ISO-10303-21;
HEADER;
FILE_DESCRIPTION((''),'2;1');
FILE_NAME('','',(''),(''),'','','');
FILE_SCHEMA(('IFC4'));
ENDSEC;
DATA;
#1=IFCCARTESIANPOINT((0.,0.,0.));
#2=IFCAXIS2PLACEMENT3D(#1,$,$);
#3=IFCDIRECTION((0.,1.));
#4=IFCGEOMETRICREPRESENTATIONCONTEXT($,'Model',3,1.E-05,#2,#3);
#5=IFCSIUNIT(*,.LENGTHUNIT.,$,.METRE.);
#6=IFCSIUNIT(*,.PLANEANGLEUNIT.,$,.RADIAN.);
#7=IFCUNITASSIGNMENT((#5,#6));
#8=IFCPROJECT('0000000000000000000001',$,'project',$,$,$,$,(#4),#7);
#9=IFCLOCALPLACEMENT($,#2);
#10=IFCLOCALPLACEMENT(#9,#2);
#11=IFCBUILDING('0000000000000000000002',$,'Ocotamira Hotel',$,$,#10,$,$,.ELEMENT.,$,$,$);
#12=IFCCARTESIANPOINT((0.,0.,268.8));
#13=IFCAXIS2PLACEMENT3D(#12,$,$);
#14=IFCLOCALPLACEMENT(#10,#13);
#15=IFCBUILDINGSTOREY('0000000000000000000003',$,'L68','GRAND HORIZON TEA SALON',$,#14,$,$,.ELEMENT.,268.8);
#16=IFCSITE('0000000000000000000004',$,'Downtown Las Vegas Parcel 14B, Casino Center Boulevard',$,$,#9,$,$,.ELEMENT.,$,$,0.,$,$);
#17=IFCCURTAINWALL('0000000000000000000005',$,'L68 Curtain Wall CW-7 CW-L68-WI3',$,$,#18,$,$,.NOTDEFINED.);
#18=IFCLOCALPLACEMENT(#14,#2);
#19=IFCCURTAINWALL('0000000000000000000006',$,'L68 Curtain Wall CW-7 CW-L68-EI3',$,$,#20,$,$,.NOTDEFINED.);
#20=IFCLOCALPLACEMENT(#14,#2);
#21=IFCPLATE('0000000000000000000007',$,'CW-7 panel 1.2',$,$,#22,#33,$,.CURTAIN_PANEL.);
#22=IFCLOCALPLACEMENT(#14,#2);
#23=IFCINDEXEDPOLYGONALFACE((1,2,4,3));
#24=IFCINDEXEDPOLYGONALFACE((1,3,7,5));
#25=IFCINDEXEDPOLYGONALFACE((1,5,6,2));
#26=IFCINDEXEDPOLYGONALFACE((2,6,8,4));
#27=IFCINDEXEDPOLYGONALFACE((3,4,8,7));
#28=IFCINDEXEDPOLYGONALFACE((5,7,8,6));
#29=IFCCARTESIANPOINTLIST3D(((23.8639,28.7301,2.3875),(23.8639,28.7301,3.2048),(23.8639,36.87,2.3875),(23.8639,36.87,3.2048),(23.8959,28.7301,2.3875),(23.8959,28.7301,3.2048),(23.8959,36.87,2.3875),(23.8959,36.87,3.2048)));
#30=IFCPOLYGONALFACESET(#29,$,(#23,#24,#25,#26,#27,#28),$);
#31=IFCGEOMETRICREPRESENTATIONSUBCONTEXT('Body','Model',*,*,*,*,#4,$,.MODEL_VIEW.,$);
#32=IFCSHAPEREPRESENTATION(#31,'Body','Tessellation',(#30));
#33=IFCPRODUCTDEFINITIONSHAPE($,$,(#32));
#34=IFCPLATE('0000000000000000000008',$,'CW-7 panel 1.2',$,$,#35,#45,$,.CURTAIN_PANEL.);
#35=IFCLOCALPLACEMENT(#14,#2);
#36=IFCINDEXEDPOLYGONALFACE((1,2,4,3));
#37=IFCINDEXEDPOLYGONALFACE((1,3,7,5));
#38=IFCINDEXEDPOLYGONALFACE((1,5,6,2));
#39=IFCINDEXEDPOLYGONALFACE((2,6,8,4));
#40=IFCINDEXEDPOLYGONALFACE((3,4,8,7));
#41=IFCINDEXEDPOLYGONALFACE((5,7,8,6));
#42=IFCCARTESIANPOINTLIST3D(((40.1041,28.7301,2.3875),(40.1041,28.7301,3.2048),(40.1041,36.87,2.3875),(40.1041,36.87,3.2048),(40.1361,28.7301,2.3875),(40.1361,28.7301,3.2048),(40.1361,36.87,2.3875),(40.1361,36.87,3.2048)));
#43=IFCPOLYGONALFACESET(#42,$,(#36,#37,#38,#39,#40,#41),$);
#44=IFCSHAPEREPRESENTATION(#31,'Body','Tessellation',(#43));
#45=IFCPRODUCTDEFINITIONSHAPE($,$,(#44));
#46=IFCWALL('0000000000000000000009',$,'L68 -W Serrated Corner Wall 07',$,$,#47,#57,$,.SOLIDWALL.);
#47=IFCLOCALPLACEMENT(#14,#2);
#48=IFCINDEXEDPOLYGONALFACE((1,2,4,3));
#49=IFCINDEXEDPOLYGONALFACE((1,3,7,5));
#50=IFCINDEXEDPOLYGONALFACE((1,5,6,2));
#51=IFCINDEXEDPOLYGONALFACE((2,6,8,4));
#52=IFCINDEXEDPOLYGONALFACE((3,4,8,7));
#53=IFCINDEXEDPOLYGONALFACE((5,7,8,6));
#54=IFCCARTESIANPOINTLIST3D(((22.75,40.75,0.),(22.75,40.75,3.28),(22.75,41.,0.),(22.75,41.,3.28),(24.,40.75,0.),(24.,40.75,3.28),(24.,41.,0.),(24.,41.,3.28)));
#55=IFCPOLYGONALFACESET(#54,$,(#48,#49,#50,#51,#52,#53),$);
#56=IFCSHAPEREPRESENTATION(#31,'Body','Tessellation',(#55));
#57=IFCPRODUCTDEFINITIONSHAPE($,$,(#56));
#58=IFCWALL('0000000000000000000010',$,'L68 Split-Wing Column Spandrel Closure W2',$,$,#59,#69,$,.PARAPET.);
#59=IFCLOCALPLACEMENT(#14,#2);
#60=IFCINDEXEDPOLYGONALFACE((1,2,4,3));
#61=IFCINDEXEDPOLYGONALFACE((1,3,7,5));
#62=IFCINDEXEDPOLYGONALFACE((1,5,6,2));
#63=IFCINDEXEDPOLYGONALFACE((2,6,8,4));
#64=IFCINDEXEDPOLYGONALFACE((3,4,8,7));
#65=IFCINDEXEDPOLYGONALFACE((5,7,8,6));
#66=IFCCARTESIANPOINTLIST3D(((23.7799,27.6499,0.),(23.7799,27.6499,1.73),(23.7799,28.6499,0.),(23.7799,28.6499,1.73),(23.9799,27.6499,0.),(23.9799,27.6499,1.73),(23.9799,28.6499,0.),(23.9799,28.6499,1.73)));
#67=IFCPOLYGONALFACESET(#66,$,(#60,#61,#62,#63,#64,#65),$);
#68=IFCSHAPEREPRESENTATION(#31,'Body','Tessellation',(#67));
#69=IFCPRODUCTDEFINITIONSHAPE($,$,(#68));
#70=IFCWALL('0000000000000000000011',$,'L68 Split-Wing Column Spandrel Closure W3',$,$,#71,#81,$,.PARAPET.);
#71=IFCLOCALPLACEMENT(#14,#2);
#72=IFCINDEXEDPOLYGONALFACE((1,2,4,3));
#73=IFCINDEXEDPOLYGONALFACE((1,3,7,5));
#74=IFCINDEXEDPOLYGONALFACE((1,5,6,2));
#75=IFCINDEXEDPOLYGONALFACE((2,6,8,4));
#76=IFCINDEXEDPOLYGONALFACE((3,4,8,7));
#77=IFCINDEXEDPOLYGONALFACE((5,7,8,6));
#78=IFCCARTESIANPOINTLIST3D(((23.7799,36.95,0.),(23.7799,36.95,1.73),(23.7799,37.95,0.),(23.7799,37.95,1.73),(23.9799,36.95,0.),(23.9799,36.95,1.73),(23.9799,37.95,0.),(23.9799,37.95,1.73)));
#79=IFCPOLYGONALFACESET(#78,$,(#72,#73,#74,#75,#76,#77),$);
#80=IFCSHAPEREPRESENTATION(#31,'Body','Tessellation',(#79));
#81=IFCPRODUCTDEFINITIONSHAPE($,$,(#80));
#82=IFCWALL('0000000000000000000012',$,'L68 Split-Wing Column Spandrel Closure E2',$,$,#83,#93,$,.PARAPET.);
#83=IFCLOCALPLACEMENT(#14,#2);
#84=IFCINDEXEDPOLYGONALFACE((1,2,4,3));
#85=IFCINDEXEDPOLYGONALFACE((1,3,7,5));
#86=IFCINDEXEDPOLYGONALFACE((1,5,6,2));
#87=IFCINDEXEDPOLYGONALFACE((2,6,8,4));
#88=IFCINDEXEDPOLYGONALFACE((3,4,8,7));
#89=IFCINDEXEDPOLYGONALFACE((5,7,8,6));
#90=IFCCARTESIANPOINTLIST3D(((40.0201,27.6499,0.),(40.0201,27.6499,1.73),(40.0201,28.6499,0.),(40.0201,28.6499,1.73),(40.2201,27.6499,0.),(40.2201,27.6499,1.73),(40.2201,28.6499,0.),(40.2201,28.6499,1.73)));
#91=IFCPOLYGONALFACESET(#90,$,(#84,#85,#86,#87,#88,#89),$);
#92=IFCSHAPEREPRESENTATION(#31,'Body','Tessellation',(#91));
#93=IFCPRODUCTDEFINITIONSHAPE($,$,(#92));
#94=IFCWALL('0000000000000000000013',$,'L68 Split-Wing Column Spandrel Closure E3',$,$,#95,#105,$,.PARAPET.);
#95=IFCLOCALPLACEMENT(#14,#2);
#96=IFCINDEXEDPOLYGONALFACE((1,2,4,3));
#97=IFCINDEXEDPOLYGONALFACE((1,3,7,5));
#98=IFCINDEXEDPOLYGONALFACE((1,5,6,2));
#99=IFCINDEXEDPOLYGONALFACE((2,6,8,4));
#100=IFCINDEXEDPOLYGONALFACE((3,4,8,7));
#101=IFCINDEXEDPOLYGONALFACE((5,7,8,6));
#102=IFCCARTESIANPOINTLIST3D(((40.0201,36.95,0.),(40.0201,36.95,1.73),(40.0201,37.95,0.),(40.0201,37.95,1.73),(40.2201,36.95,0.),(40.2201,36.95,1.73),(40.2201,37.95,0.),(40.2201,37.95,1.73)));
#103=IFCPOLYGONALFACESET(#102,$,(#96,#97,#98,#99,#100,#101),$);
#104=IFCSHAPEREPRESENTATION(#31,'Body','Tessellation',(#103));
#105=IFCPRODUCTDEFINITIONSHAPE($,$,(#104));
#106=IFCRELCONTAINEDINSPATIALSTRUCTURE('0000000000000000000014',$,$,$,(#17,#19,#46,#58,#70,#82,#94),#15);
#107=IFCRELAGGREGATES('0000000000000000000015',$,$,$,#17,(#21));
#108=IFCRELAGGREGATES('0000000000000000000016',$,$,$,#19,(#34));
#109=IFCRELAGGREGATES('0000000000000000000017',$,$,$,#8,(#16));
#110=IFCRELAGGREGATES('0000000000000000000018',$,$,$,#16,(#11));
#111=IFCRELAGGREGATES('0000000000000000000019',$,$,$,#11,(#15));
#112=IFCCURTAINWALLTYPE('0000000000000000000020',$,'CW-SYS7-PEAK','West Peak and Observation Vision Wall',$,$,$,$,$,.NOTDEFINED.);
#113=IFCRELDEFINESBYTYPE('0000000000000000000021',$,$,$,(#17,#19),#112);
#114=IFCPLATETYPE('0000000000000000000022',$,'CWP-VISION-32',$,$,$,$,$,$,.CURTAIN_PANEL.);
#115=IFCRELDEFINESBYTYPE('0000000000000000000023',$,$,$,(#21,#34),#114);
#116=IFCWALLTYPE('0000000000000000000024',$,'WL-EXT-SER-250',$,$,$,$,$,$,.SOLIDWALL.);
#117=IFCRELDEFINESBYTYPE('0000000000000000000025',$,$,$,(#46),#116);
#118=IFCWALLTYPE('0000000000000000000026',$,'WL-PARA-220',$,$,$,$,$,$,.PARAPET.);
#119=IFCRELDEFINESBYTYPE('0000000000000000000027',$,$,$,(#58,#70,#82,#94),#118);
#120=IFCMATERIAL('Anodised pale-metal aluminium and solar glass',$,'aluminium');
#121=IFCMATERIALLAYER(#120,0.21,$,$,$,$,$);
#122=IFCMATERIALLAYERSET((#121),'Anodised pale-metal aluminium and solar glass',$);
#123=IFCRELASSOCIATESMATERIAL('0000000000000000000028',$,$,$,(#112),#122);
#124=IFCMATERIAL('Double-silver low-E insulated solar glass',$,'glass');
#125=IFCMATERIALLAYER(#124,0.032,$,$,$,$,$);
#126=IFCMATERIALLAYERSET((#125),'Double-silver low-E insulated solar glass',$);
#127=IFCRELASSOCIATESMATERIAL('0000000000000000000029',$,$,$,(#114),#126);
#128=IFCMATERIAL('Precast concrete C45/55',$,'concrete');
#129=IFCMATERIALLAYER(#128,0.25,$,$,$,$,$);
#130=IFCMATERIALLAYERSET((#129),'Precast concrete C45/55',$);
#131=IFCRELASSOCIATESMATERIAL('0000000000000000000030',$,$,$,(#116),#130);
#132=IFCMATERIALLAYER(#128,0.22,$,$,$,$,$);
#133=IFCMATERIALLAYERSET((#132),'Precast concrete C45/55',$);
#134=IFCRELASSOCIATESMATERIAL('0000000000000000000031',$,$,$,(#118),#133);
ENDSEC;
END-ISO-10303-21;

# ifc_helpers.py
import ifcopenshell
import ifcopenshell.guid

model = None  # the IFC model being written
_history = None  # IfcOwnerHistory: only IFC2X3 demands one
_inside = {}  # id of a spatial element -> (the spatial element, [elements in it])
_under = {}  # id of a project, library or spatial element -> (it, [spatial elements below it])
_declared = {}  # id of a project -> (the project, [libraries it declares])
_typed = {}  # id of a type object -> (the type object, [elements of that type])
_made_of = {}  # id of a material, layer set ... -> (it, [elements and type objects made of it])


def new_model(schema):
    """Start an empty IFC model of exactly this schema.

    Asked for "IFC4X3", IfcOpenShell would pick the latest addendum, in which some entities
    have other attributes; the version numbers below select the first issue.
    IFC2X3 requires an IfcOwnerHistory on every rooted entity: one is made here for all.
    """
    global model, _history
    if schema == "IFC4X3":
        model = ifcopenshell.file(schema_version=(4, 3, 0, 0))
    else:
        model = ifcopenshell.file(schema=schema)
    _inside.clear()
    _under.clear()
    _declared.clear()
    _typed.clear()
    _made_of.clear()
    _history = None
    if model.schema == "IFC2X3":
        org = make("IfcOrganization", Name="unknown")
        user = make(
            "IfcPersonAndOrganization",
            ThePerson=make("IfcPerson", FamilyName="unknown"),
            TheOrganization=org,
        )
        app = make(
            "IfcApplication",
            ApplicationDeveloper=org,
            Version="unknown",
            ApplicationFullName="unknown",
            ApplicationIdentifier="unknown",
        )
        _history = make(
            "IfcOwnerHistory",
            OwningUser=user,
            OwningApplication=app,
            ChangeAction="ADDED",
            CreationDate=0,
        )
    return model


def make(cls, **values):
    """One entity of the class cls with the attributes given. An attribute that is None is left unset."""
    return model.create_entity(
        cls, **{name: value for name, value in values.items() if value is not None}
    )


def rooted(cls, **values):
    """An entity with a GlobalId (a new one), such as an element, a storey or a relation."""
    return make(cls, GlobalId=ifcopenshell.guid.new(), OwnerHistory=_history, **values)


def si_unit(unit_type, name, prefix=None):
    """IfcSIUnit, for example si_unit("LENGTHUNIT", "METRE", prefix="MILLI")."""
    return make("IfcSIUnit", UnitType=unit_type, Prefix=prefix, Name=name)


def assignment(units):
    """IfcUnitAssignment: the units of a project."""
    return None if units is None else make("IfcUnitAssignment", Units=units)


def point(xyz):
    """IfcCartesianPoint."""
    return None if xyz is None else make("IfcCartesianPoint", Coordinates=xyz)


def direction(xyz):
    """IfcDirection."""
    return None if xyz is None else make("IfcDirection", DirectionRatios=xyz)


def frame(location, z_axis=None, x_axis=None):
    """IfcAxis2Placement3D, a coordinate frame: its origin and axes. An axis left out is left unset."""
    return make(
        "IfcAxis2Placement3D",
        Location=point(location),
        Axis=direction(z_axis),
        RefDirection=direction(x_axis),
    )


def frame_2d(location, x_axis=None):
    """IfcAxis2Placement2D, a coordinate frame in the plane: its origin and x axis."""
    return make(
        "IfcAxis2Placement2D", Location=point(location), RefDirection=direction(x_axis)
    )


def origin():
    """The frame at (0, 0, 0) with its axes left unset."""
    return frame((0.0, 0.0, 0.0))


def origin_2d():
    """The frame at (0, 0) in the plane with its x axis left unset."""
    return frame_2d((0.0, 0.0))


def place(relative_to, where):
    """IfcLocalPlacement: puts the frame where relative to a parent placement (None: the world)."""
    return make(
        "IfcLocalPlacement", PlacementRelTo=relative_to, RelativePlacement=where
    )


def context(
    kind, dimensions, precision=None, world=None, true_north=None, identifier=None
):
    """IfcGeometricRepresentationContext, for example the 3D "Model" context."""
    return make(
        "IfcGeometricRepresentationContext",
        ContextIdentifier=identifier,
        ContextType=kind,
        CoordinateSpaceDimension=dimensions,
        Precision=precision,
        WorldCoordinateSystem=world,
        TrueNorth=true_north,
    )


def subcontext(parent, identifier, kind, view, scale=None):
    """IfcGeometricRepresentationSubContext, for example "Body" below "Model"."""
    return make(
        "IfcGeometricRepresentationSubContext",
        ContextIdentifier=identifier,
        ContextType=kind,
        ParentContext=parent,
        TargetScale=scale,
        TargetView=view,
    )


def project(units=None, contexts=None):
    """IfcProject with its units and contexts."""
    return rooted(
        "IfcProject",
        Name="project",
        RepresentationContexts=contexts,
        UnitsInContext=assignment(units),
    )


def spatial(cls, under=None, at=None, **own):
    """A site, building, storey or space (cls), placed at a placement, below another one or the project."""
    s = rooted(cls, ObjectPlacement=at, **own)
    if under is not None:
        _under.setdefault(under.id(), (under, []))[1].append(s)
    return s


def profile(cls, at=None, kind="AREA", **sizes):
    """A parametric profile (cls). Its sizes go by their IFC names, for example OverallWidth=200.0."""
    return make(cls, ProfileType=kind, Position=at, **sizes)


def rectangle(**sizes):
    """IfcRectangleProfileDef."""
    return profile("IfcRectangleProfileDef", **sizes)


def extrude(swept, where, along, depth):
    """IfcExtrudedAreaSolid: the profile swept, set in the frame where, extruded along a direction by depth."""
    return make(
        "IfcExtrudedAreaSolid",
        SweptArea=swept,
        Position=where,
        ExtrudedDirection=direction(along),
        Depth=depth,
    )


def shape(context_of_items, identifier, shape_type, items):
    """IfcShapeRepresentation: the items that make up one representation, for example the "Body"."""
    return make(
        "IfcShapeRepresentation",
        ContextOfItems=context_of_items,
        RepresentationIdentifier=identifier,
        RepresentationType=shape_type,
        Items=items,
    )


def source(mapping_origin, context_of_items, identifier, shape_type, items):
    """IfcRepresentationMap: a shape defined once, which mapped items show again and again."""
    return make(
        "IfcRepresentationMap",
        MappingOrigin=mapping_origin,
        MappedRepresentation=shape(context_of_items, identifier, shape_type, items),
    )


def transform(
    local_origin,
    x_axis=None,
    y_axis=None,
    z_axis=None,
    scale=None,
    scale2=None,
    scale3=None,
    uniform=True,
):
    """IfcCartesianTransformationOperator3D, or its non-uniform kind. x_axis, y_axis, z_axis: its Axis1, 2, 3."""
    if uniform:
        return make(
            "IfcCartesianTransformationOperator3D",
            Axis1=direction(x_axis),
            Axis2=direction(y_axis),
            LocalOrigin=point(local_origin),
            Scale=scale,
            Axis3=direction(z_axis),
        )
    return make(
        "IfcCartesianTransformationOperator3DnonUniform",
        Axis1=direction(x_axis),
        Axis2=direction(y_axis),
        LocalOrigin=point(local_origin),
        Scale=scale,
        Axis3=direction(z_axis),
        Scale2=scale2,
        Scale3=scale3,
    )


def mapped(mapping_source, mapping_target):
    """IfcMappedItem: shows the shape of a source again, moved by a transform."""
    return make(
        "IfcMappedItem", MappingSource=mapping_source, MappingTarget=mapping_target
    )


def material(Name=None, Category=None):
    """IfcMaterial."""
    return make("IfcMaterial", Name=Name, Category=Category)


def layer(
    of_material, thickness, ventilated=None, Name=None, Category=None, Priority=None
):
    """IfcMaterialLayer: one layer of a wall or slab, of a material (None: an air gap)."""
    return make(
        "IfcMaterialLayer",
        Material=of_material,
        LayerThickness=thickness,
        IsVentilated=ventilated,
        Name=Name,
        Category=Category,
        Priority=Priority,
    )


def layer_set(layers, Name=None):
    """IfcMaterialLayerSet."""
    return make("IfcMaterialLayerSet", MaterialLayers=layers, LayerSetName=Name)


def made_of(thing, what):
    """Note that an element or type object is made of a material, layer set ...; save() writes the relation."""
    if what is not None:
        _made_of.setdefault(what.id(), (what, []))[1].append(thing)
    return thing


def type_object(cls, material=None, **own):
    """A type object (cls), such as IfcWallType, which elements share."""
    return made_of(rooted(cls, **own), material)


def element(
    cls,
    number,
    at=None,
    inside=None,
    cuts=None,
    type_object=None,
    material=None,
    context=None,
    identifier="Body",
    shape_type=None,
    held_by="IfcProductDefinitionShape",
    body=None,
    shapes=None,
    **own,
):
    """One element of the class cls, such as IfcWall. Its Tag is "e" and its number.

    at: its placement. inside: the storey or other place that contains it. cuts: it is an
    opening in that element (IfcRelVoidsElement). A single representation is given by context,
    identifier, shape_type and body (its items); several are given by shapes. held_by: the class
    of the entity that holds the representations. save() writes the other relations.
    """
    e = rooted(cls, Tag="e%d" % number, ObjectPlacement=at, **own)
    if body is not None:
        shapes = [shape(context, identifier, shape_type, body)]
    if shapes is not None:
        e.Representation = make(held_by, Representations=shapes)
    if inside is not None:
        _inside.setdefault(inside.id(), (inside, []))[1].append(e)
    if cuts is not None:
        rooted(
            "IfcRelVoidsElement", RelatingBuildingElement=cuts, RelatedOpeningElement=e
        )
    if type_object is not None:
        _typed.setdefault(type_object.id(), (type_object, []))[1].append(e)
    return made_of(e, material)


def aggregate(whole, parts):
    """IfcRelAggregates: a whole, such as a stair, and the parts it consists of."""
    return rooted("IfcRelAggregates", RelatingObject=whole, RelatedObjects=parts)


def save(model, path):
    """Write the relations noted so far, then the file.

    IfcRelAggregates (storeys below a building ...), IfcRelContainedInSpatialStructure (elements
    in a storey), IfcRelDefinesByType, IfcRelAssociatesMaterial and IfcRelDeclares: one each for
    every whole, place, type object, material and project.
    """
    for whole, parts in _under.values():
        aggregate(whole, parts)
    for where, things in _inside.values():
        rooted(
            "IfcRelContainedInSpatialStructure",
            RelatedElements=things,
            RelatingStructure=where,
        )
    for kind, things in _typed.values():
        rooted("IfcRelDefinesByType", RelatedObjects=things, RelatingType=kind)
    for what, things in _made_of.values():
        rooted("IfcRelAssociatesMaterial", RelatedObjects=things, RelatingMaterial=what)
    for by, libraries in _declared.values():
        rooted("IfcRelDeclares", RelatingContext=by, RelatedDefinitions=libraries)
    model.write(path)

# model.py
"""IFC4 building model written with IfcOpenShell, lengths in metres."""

from ifc_helpers import new_model, si_unit, direction, frame, frame_2d, origin, origin_2d, place, context, subcontext, project, spatial, rectangle, extrude, source, transform, mapped, material, layer, layer_set, type_object, element, aggregate, save


model = new_model("IFC4")

# Units and contexts
model_context = context("Model", 3, precision=1e-05, world=origin(), true_north=direction((0.0, 1.0)))
body_context = subcontext(model_context, "Body", "Model", "MODEL_VIEW")
ifc_project = project(units=[si_unit("LENGTHUNIT", "METRE"), si_unit("PLANEANGLEUNIT", "RADIAN")], contexts=[model_context])

# Site, building, storey
site_placement = place(None, origin())
site = spatial("IfcSite", under=ifc_project, at=site_placement, Name="Downtown Las Vegas Parcel 14B, Casino Center Boulevard", CompositionType="ELEMENT", RefElevation=0.0)
building_placement = place(site_placement, origin())
building = spatial("IfcBuilding", under=site, at=building_placement, Name="Ocotamira Hotel", CompositionType="ELEMENT")
storey_placement = place(building_placement, frame((0.0, 0.0, 268.8)))
storey = spatial("IfcBuildingStorey", under=building, at=storey_placement, Name="L68", Description="GRAND HORIZON TEA SALON", CompositionType="ELEMENT", Elevation=268.8)

# Curtain wall
ifc_material_1 = material(Name="Anodised pale-metal aluminium and solar glass", Category="aluminium")
ifc_layer_1 = layer(ifc_material_1, 0.21)
ifc_layer_set_1 = layer_set([ifc_layer_1], Name="Anodised pale-metal aluminium and solar glass")
curtain_wall_type = type_object("IfcCurtainWallType", Name="CW-SYS7-PEAK", Description="West Peak and Observation Vision Wall", PredefinedType="NOTDEFINED", material=ifc_layer_set_1)
curtain_wall_1_placement = place(storey_placement, origin())
curtain_wall_1 = element("IfcCurtainWall", 1, at=curtain_wall_1_placement, inside=storey, type_object=curtain_wall_type, Name="L68 Curtain Wall CW-7 CW-L68-WI3", PredefinedType="NOTDEFINED")

# Curtain wall
curtain_wall_2_placement = place(storey_placement, origin())
curtain_wall_2 = element("IfcCurtainWall", 2, at=curtain_wall_2_placement, inside=storey, type_object=curtain_wall_type, Name="L68 Curtain Wall CW-7 CW-L68-EI3", PredefinedType="NOTDEFINED")

# Plates
ifc_material_2 = material(Name="Double-silver low-E insulated solar glass", Category="glass")
ifc_layer_2 = layer(ifc_material_2, 0.032)
ifc_layer_set_2 = layer_set([ifc_layer_2], Name="Double-silver low-E insulated solar glass")
plate_type_1 = type_object("IfcPlateType", Name="CWP-VISION-32", PredefinedType="CURTAIN_PANEL", material=ifc_layer_set_2)
shared_shape_1 = source(origin(), body_context, "Body", "SweptSolid", [
    extrude(rectangle(XDim=8.1399, YDim=0.032, at=origin_2d()), origin(), (0.0, 0.0, 1.0), 0.8174),
])
plate_1_placement = place(storey_placement, frame((23.8799, 32.8, 2.3875), z_axis=(0.0, 0.0, 1.0), x_axis=(0.0, 1.0, 0.0)))
plate_1 = element("IfcPlate", 3, at=plate_1_placement, type_object=plate_type_1, Name="CW-7 panel 1.2", PredefinedType="CURTAIN_PANEL", context=body_context, shape_type="MappedRepresentation", body=[
    mapped(shared_shape_1, transform((0.0, 0.0, 0.0), scale=1.0)),
])
aggregate(curtain_wall_1, [plate_1])
plate_2_placement = place(storey_placement, frame((40.1201, 32.8, 2.3875), z_axis=(0.0, 0.0, 1.0), x_axis=(0.0, 1.0, 0.0)))
plate_2 = element("IfcPlate", 4, at=plate_2_placement, type_object=plate_type_1, Name="CW-7 panel 1.2", PredefinedType="CURTAIN_PANEL", context=body_context, shape_type="MappedRepresentation", body=[
    mapped(shared_shape_1, transform((0.0, 0.0, 0.0), scale=1.0)),
])
aggregate(curtain_wall_2, [plate_2])

# Walls
ifc_material_3 = material(Name="Precast concrete C45/55", Category="concrete")
ifc_layer_3 = layer(ifc_material_3, 0.25)
ifc_layer_set_3 = layer_set([ifc_layer_3], Name="Precast concrete C45/55")
wall_type_1 = type_object("IfcWallType", Name="WL-EXT-SER-250", PredefinedType="SOLIDWALL", material=ifc_layer_set_3)
wall_placement = place(storey_placement, frame((24.0, 40.875, 0.0), z_axis=(0.0, 0.0, 1.0), x_axis=(-1.0, 0.0, 0.0)))
element("IfcWall", 5, at=wall_placement, inside=storey, type_object=wall_type_1, Name="L68 -W Serrated Corner Wall 07", PredefinedType="SOLIDWALL", context=body_context, shape_type="SweptSolid", body=[
    extrude(rectangle(XDim=1.25, YDim=0.25, at=frame_2d((0.625, 0.0))), origin(), (0.0, 0.0, 1.0), 3.28),
])
ifc_layer_4 = layer(ifc_material_3, 0.22)
ifc_layer_set_4 = layer_set([ifc_layer_4], Name="Precast concrete C45/55")
wall_type_2 = type_object("IfcWallType", Name="WL-PARA-220", PredefinedType="PARAPET", material=ifc_layer_set_4)
for number, where, z_axis, x_axis, name in (
    (6, (23.8799, 27.6499, 0.0), (0.0, 0.0, 1.0), (0.0, 1.0, 0.0), "L68 Split-Wing Column Spandrel Closure W2"),
    (7, (23.8799, 36.95, 0.0), (0.0, 0.0, 1.0), (0.0, 1.0, 0.0), "L68 Split-Wing Column Spandrel Closure W3"),
    (8, (40.1201, 27.6499, 0.0), (0.0, 0.0, 1.0), (0.0, 1.0, 0.0), "L68 Split-Wing Column Spandrel Closure E2"),
    (9, (40.1201, 36.95, 0.0), (0.0, 0.0, 1.0), (0.0, 1.0, 0.0), "L68 Split-Wing Column Spandrel Closure E3"),
):
    element("IfcWall", number, at=place(storey_placement, frame(where, z_axis=z_axis, x_axis=x_axis)), inside=storey, type_object=wall_type_2, Name=name, PredefinedType="PARAPET", context=body_context, shape_type="SweptSolid", body=[
        extrude(rectangle(XDim=1.0, YDim=0.2, at=frame_2d((0.5, 0.0))), origin(), (0.0, 0.0, 1.0), 1.73),
    ])

save(model, "model.ifc")
